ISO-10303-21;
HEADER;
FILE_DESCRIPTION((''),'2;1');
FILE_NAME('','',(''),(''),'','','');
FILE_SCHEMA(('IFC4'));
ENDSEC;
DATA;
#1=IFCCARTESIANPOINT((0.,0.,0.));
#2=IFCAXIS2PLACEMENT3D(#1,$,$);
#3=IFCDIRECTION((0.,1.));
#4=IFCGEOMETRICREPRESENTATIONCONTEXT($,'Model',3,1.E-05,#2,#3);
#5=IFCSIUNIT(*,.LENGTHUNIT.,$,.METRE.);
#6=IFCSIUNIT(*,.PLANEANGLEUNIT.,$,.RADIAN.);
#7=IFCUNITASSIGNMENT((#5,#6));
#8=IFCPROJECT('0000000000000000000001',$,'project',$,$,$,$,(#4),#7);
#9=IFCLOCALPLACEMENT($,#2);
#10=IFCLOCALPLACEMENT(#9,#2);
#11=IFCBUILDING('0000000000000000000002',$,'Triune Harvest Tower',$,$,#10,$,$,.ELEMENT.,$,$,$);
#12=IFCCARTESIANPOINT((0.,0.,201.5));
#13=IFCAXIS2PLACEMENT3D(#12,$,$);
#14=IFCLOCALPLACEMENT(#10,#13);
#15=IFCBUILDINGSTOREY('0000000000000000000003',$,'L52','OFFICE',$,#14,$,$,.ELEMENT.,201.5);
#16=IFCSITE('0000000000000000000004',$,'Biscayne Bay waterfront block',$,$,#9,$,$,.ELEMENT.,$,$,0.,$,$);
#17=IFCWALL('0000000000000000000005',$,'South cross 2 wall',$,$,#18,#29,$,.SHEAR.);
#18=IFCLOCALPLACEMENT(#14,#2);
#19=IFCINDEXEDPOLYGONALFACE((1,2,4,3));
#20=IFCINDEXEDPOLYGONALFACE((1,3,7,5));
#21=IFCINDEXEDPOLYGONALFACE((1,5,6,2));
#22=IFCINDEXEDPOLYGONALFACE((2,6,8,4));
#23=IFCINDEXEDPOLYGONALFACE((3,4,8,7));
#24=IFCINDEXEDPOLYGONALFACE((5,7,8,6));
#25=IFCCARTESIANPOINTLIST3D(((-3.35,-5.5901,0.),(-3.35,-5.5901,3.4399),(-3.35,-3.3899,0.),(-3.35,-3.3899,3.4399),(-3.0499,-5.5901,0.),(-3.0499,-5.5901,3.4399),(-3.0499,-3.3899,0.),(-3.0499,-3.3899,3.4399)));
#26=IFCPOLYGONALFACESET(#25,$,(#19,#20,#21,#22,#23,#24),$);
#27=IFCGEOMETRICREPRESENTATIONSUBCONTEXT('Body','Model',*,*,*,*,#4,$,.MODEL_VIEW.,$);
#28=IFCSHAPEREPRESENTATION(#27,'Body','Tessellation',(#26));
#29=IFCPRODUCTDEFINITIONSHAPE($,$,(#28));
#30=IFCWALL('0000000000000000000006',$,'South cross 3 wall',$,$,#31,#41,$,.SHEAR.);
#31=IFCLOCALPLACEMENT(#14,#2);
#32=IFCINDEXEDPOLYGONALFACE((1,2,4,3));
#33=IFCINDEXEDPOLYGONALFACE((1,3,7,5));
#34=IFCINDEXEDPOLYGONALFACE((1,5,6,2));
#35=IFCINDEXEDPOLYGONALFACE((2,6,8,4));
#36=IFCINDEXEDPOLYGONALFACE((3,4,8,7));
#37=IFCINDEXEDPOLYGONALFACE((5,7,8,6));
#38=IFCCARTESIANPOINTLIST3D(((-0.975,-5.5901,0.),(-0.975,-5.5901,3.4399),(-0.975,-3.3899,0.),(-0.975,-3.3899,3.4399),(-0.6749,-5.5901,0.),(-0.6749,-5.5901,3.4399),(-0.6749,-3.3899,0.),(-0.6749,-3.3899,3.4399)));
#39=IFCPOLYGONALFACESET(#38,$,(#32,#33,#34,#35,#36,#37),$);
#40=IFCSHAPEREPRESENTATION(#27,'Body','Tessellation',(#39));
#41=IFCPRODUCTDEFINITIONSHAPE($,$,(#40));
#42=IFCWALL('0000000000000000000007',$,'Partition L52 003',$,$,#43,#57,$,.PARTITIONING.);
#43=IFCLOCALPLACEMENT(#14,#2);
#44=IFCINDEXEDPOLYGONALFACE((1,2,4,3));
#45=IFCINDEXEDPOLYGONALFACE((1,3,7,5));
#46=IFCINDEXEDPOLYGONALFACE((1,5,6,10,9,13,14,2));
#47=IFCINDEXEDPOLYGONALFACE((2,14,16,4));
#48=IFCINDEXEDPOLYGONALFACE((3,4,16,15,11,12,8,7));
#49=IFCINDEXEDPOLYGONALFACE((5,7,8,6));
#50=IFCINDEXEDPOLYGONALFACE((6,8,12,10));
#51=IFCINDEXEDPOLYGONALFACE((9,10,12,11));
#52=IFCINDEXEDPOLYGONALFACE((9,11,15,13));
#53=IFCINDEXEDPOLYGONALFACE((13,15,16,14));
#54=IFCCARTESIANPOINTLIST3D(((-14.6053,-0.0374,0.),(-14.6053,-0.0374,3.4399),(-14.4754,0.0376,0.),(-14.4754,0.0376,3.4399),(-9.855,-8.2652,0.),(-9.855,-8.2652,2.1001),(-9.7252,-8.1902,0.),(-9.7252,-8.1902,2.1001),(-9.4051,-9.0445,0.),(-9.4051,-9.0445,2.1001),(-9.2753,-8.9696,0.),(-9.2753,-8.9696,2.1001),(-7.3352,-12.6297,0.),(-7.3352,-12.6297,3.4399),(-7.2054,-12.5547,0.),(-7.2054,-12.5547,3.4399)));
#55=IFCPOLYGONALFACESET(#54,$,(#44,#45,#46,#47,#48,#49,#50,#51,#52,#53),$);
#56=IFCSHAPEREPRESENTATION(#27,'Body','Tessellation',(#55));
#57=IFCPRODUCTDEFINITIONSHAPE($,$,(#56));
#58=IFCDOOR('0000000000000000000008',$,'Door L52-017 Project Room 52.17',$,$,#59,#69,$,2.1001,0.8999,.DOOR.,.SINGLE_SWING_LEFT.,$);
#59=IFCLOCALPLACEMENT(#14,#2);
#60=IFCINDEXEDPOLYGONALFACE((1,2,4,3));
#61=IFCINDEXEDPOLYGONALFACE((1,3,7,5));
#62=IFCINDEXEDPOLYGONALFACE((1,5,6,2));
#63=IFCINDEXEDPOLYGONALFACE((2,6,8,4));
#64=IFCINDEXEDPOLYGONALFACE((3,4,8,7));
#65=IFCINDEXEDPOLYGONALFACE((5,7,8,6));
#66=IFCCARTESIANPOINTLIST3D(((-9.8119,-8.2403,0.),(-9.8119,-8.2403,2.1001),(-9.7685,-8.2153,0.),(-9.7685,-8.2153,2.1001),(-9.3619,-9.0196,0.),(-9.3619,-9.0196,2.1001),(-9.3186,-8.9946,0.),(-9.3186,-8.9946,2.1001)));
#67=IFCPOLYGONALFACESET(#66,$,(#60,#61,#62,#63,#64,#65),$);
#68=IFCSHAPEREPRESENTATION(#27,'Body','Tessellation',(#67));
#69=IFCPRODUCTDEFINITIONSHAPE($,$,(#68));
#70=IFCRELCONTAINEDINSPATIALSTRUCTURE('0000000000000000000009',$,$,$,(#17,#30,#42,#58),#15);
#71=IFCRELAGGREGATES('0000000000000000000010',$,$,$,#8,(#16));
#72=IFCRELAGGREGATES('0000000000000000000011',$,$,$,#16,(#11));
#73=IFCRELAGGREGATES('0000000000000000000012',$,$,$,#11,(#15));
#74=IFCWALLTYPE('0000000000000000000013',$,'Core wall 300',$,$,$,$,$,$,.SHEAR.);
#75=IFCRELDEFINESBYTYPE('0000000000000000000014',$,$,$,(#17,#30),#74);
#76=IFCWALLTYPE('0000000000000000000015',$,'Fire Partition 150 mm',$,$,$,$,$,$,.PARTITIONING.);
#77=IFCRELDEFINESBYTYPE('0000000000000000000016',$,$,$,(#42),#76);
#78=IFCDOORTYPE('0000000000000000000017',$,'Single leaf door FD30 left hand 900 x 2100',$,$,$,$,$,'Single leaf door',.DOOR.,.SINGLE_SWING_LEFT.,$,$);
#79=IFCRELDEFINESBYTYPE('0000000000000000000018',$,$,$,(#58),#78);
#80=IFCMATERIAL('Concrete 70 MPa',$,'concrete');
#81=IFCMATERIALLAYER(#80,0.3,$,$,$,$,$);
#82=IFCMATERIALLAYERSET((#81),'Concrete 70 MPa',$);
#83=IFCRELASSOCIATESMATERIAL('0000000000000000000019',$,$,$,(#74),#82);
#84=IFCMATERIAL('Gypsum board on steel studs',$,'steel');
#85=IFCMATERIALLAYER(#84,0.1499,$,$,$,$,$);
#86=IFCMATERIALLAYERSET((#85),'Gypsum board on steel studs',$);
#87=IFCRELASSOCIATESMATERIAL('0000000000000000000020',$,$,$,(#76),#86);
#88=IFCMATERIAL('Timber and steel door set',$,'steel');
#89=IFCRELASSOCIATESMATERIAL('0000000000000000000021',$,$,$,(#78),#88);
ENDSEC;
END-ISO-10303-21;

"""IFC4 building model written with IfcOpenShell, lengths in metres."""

from ifc_helpers import new_model, si_unit, direction, frame, frame_2d, origin, place, context, subcontext, project, spatial, rectangle, extrude, source, transform, mapped, material, layer, layer_set, type_object, element, fill, save


model = new_model("IFC4")

# Units and contexts
model_context = context("Model", 3, precision=1e-05, world=origin(), true_north=direction((0.0, 1.0)))
body_context = subcontext(model_context, "Body", "Model", "MODEL_VIEW")
ifc_project = project(units=[si_unit("LENGTHUNIT", "METRE"), si_unit("PLANEANGLEUNIT", "RADIAN")], contexts=[model_context])

# Site, building, storey
site_placement = place(None, origin())
site = spatial("IfcSite", under=ifc_project, at=site_placement, Name="Biscayne Bay waterfront block", CompositionType="ELEMENT", RefElevation=0.0)
building_placement = place(site_placement, origin())
building = spatial("IfcBuilding", under=site, at=building_placement, Name="Triune Harvest Tower", CompositionType="ELEMENT")
storey_placement = place(building_placement, frame((0.0, 0.0, 201.5)))
storey = spatial("IfcBuildingStorey", under=building, at=storey_placement, Name="L52", Description="OFFICE", CompositionType="ELEMENT", Elevation=201.5)

# Shared definitions
ifc_material_1 = material(Name="Concrete 70 MPa", Category="concrete")
ifc_layer_1 = layer(ifc_material_1, 0.3)
ifc_layer_set_1 = layer_set([ifc_layer_1], Name="Concrete 70 MPa")
wall_type_1 = type_object("IfcWallType", Name="Core wall 300", PredefinedType="SHEAR", material=ifc_layer_set_1)

# Walls
shared_shape_1 = source(origin(), body_context, "Body", "SweptSolid", [
    extrude(rectangle(XDim=2.2002, YDim=0.3, at=frame_2d((1.1001, 0.0))), origin(), (0.0, 0.0, 1.0), 3.4399),
])
for number, where, z_axis, x_axis, name in (
    (1, (-3.2, -5.5901, 0.0), (0.0, 0.0, 1.0), (0.0, 1.0, 0.0), "South cross 2 wall"),
    (2, (-0.825, -5.5901, 0.0), (0.0, 0.0, 1.0), (0.0, 1.0, 0.0), "South cross 3 wall"),
):
    element("IfcWall", number, at=place(storey_placement, frame(where, z_axis=z_axis, x_axis=x_axis)), inside=storey, type_object=wall_type_1, Name=name, PredefinedType="SHEAR", context=body_context, shape_type="MappedRepresentation", body=[
        mapped(shared_shape_1, transform((0.0, 0.0, 0.0), scale=1.0)),
    ])

# Wall, opening, door
ifc_material_2 = material(Name="Gypsum board on steel studs", Category="steel")
ifc_layer_2 = layer(ifc_material_2, 0.1499)
ifc_layer_set_2 = layer_set([ifc_layer_2], Name="Gypsum board on steel studs")
wall_type_2 = type_object("IfcWallType", Name="Fire Partition 150 mm", PredefinedType="PARTITIONING", material=ifc_layer_set_2)
shared_shape_2 = source(origin(), body_context, "Body", "SweptSolid", [
    extrude(rectangle(XDim=14.5403, YDim=0.1499, at=frame_2d((7.27, 0.0))), origin(), (0.0, 0.0, 1.0), 3.4399),
])
wall_1_placement = place(storey_placement, frame((-14.5403, 0.0, 0.0), z_axis=(0.0, 0.0, 1.0), x_axis=(0.499993, -0.86603, 0.0)))
wall_1 = element("IfcWall", 3, at=wall_1_placement, inside=storey, type_object=wall_type_2, Name="Partition L52 003", PredefinedType="PARTITIONING", context=body_context, shape_type="MappedRepresentation", body=[
    mapped(shared_shape_2, transform((0.0, 0.0, 0.0), scale=1.0)),
])
opening_1_placement = place(wall_1_placement, frame((9.5005, 0.0, 0.0)))
opening_1 = element("IfcOpeningElement", 4, at=opening_1_placement, cuts=wall_1, PredefinedType="OPENING", context=body_context, shape_type="SweptSolid", body=[
    extrude(rectangle(XDim=0.8999, YDim=2.1001, at=frame_2d((0.45, 1.05))), frame((0.0, 0.085, 0.0), z_axis=(0.0, -1.0, 0.0), x_axis=(1.0, 0.0, 0.0)), (0.0, 0.0, 1.0), 0.1699),
])
ifc_material_3 = material(Name="Timber and steel door set", Category="steel")
door_type_1 = type_object("IfcDoorType", Name="Single leaf door FD30 left hand 900 x 2100", ElementType="Single leaf door", OperationType="SINGLE_SWING_LEFT", PredefinedType="DOOR", material=ifc_material_3)
door_1_placement = place(opening_1_placement, origin())
door_1 = element("IfcDoor", 5, at=door_1_placement, inside=storey, type_object=door_type_1, Name="Door L52-017 Project Room 52.17", OperationType="SINGLE_SWING_LEFT", OverallHeight=2.1001, OverallWidth=0.8999, PredefinedType="DOOR", context=body_context, shape_type="SweptSolid", body=[
    extrude(rectangle(XDim=0.8999, YDim=2.1001, at=frame_2d((0.45, 1.05))), frame((0.0, 0.0249, 0.0), z_axis=(0.0, -1.0, 0.0), x_axis=(1.0, 0.0, 0.0)), (0.0, 0.0, 1.0), 0.05),
])
fill(opening_1, door_1)

save(model, "model.ifc")
